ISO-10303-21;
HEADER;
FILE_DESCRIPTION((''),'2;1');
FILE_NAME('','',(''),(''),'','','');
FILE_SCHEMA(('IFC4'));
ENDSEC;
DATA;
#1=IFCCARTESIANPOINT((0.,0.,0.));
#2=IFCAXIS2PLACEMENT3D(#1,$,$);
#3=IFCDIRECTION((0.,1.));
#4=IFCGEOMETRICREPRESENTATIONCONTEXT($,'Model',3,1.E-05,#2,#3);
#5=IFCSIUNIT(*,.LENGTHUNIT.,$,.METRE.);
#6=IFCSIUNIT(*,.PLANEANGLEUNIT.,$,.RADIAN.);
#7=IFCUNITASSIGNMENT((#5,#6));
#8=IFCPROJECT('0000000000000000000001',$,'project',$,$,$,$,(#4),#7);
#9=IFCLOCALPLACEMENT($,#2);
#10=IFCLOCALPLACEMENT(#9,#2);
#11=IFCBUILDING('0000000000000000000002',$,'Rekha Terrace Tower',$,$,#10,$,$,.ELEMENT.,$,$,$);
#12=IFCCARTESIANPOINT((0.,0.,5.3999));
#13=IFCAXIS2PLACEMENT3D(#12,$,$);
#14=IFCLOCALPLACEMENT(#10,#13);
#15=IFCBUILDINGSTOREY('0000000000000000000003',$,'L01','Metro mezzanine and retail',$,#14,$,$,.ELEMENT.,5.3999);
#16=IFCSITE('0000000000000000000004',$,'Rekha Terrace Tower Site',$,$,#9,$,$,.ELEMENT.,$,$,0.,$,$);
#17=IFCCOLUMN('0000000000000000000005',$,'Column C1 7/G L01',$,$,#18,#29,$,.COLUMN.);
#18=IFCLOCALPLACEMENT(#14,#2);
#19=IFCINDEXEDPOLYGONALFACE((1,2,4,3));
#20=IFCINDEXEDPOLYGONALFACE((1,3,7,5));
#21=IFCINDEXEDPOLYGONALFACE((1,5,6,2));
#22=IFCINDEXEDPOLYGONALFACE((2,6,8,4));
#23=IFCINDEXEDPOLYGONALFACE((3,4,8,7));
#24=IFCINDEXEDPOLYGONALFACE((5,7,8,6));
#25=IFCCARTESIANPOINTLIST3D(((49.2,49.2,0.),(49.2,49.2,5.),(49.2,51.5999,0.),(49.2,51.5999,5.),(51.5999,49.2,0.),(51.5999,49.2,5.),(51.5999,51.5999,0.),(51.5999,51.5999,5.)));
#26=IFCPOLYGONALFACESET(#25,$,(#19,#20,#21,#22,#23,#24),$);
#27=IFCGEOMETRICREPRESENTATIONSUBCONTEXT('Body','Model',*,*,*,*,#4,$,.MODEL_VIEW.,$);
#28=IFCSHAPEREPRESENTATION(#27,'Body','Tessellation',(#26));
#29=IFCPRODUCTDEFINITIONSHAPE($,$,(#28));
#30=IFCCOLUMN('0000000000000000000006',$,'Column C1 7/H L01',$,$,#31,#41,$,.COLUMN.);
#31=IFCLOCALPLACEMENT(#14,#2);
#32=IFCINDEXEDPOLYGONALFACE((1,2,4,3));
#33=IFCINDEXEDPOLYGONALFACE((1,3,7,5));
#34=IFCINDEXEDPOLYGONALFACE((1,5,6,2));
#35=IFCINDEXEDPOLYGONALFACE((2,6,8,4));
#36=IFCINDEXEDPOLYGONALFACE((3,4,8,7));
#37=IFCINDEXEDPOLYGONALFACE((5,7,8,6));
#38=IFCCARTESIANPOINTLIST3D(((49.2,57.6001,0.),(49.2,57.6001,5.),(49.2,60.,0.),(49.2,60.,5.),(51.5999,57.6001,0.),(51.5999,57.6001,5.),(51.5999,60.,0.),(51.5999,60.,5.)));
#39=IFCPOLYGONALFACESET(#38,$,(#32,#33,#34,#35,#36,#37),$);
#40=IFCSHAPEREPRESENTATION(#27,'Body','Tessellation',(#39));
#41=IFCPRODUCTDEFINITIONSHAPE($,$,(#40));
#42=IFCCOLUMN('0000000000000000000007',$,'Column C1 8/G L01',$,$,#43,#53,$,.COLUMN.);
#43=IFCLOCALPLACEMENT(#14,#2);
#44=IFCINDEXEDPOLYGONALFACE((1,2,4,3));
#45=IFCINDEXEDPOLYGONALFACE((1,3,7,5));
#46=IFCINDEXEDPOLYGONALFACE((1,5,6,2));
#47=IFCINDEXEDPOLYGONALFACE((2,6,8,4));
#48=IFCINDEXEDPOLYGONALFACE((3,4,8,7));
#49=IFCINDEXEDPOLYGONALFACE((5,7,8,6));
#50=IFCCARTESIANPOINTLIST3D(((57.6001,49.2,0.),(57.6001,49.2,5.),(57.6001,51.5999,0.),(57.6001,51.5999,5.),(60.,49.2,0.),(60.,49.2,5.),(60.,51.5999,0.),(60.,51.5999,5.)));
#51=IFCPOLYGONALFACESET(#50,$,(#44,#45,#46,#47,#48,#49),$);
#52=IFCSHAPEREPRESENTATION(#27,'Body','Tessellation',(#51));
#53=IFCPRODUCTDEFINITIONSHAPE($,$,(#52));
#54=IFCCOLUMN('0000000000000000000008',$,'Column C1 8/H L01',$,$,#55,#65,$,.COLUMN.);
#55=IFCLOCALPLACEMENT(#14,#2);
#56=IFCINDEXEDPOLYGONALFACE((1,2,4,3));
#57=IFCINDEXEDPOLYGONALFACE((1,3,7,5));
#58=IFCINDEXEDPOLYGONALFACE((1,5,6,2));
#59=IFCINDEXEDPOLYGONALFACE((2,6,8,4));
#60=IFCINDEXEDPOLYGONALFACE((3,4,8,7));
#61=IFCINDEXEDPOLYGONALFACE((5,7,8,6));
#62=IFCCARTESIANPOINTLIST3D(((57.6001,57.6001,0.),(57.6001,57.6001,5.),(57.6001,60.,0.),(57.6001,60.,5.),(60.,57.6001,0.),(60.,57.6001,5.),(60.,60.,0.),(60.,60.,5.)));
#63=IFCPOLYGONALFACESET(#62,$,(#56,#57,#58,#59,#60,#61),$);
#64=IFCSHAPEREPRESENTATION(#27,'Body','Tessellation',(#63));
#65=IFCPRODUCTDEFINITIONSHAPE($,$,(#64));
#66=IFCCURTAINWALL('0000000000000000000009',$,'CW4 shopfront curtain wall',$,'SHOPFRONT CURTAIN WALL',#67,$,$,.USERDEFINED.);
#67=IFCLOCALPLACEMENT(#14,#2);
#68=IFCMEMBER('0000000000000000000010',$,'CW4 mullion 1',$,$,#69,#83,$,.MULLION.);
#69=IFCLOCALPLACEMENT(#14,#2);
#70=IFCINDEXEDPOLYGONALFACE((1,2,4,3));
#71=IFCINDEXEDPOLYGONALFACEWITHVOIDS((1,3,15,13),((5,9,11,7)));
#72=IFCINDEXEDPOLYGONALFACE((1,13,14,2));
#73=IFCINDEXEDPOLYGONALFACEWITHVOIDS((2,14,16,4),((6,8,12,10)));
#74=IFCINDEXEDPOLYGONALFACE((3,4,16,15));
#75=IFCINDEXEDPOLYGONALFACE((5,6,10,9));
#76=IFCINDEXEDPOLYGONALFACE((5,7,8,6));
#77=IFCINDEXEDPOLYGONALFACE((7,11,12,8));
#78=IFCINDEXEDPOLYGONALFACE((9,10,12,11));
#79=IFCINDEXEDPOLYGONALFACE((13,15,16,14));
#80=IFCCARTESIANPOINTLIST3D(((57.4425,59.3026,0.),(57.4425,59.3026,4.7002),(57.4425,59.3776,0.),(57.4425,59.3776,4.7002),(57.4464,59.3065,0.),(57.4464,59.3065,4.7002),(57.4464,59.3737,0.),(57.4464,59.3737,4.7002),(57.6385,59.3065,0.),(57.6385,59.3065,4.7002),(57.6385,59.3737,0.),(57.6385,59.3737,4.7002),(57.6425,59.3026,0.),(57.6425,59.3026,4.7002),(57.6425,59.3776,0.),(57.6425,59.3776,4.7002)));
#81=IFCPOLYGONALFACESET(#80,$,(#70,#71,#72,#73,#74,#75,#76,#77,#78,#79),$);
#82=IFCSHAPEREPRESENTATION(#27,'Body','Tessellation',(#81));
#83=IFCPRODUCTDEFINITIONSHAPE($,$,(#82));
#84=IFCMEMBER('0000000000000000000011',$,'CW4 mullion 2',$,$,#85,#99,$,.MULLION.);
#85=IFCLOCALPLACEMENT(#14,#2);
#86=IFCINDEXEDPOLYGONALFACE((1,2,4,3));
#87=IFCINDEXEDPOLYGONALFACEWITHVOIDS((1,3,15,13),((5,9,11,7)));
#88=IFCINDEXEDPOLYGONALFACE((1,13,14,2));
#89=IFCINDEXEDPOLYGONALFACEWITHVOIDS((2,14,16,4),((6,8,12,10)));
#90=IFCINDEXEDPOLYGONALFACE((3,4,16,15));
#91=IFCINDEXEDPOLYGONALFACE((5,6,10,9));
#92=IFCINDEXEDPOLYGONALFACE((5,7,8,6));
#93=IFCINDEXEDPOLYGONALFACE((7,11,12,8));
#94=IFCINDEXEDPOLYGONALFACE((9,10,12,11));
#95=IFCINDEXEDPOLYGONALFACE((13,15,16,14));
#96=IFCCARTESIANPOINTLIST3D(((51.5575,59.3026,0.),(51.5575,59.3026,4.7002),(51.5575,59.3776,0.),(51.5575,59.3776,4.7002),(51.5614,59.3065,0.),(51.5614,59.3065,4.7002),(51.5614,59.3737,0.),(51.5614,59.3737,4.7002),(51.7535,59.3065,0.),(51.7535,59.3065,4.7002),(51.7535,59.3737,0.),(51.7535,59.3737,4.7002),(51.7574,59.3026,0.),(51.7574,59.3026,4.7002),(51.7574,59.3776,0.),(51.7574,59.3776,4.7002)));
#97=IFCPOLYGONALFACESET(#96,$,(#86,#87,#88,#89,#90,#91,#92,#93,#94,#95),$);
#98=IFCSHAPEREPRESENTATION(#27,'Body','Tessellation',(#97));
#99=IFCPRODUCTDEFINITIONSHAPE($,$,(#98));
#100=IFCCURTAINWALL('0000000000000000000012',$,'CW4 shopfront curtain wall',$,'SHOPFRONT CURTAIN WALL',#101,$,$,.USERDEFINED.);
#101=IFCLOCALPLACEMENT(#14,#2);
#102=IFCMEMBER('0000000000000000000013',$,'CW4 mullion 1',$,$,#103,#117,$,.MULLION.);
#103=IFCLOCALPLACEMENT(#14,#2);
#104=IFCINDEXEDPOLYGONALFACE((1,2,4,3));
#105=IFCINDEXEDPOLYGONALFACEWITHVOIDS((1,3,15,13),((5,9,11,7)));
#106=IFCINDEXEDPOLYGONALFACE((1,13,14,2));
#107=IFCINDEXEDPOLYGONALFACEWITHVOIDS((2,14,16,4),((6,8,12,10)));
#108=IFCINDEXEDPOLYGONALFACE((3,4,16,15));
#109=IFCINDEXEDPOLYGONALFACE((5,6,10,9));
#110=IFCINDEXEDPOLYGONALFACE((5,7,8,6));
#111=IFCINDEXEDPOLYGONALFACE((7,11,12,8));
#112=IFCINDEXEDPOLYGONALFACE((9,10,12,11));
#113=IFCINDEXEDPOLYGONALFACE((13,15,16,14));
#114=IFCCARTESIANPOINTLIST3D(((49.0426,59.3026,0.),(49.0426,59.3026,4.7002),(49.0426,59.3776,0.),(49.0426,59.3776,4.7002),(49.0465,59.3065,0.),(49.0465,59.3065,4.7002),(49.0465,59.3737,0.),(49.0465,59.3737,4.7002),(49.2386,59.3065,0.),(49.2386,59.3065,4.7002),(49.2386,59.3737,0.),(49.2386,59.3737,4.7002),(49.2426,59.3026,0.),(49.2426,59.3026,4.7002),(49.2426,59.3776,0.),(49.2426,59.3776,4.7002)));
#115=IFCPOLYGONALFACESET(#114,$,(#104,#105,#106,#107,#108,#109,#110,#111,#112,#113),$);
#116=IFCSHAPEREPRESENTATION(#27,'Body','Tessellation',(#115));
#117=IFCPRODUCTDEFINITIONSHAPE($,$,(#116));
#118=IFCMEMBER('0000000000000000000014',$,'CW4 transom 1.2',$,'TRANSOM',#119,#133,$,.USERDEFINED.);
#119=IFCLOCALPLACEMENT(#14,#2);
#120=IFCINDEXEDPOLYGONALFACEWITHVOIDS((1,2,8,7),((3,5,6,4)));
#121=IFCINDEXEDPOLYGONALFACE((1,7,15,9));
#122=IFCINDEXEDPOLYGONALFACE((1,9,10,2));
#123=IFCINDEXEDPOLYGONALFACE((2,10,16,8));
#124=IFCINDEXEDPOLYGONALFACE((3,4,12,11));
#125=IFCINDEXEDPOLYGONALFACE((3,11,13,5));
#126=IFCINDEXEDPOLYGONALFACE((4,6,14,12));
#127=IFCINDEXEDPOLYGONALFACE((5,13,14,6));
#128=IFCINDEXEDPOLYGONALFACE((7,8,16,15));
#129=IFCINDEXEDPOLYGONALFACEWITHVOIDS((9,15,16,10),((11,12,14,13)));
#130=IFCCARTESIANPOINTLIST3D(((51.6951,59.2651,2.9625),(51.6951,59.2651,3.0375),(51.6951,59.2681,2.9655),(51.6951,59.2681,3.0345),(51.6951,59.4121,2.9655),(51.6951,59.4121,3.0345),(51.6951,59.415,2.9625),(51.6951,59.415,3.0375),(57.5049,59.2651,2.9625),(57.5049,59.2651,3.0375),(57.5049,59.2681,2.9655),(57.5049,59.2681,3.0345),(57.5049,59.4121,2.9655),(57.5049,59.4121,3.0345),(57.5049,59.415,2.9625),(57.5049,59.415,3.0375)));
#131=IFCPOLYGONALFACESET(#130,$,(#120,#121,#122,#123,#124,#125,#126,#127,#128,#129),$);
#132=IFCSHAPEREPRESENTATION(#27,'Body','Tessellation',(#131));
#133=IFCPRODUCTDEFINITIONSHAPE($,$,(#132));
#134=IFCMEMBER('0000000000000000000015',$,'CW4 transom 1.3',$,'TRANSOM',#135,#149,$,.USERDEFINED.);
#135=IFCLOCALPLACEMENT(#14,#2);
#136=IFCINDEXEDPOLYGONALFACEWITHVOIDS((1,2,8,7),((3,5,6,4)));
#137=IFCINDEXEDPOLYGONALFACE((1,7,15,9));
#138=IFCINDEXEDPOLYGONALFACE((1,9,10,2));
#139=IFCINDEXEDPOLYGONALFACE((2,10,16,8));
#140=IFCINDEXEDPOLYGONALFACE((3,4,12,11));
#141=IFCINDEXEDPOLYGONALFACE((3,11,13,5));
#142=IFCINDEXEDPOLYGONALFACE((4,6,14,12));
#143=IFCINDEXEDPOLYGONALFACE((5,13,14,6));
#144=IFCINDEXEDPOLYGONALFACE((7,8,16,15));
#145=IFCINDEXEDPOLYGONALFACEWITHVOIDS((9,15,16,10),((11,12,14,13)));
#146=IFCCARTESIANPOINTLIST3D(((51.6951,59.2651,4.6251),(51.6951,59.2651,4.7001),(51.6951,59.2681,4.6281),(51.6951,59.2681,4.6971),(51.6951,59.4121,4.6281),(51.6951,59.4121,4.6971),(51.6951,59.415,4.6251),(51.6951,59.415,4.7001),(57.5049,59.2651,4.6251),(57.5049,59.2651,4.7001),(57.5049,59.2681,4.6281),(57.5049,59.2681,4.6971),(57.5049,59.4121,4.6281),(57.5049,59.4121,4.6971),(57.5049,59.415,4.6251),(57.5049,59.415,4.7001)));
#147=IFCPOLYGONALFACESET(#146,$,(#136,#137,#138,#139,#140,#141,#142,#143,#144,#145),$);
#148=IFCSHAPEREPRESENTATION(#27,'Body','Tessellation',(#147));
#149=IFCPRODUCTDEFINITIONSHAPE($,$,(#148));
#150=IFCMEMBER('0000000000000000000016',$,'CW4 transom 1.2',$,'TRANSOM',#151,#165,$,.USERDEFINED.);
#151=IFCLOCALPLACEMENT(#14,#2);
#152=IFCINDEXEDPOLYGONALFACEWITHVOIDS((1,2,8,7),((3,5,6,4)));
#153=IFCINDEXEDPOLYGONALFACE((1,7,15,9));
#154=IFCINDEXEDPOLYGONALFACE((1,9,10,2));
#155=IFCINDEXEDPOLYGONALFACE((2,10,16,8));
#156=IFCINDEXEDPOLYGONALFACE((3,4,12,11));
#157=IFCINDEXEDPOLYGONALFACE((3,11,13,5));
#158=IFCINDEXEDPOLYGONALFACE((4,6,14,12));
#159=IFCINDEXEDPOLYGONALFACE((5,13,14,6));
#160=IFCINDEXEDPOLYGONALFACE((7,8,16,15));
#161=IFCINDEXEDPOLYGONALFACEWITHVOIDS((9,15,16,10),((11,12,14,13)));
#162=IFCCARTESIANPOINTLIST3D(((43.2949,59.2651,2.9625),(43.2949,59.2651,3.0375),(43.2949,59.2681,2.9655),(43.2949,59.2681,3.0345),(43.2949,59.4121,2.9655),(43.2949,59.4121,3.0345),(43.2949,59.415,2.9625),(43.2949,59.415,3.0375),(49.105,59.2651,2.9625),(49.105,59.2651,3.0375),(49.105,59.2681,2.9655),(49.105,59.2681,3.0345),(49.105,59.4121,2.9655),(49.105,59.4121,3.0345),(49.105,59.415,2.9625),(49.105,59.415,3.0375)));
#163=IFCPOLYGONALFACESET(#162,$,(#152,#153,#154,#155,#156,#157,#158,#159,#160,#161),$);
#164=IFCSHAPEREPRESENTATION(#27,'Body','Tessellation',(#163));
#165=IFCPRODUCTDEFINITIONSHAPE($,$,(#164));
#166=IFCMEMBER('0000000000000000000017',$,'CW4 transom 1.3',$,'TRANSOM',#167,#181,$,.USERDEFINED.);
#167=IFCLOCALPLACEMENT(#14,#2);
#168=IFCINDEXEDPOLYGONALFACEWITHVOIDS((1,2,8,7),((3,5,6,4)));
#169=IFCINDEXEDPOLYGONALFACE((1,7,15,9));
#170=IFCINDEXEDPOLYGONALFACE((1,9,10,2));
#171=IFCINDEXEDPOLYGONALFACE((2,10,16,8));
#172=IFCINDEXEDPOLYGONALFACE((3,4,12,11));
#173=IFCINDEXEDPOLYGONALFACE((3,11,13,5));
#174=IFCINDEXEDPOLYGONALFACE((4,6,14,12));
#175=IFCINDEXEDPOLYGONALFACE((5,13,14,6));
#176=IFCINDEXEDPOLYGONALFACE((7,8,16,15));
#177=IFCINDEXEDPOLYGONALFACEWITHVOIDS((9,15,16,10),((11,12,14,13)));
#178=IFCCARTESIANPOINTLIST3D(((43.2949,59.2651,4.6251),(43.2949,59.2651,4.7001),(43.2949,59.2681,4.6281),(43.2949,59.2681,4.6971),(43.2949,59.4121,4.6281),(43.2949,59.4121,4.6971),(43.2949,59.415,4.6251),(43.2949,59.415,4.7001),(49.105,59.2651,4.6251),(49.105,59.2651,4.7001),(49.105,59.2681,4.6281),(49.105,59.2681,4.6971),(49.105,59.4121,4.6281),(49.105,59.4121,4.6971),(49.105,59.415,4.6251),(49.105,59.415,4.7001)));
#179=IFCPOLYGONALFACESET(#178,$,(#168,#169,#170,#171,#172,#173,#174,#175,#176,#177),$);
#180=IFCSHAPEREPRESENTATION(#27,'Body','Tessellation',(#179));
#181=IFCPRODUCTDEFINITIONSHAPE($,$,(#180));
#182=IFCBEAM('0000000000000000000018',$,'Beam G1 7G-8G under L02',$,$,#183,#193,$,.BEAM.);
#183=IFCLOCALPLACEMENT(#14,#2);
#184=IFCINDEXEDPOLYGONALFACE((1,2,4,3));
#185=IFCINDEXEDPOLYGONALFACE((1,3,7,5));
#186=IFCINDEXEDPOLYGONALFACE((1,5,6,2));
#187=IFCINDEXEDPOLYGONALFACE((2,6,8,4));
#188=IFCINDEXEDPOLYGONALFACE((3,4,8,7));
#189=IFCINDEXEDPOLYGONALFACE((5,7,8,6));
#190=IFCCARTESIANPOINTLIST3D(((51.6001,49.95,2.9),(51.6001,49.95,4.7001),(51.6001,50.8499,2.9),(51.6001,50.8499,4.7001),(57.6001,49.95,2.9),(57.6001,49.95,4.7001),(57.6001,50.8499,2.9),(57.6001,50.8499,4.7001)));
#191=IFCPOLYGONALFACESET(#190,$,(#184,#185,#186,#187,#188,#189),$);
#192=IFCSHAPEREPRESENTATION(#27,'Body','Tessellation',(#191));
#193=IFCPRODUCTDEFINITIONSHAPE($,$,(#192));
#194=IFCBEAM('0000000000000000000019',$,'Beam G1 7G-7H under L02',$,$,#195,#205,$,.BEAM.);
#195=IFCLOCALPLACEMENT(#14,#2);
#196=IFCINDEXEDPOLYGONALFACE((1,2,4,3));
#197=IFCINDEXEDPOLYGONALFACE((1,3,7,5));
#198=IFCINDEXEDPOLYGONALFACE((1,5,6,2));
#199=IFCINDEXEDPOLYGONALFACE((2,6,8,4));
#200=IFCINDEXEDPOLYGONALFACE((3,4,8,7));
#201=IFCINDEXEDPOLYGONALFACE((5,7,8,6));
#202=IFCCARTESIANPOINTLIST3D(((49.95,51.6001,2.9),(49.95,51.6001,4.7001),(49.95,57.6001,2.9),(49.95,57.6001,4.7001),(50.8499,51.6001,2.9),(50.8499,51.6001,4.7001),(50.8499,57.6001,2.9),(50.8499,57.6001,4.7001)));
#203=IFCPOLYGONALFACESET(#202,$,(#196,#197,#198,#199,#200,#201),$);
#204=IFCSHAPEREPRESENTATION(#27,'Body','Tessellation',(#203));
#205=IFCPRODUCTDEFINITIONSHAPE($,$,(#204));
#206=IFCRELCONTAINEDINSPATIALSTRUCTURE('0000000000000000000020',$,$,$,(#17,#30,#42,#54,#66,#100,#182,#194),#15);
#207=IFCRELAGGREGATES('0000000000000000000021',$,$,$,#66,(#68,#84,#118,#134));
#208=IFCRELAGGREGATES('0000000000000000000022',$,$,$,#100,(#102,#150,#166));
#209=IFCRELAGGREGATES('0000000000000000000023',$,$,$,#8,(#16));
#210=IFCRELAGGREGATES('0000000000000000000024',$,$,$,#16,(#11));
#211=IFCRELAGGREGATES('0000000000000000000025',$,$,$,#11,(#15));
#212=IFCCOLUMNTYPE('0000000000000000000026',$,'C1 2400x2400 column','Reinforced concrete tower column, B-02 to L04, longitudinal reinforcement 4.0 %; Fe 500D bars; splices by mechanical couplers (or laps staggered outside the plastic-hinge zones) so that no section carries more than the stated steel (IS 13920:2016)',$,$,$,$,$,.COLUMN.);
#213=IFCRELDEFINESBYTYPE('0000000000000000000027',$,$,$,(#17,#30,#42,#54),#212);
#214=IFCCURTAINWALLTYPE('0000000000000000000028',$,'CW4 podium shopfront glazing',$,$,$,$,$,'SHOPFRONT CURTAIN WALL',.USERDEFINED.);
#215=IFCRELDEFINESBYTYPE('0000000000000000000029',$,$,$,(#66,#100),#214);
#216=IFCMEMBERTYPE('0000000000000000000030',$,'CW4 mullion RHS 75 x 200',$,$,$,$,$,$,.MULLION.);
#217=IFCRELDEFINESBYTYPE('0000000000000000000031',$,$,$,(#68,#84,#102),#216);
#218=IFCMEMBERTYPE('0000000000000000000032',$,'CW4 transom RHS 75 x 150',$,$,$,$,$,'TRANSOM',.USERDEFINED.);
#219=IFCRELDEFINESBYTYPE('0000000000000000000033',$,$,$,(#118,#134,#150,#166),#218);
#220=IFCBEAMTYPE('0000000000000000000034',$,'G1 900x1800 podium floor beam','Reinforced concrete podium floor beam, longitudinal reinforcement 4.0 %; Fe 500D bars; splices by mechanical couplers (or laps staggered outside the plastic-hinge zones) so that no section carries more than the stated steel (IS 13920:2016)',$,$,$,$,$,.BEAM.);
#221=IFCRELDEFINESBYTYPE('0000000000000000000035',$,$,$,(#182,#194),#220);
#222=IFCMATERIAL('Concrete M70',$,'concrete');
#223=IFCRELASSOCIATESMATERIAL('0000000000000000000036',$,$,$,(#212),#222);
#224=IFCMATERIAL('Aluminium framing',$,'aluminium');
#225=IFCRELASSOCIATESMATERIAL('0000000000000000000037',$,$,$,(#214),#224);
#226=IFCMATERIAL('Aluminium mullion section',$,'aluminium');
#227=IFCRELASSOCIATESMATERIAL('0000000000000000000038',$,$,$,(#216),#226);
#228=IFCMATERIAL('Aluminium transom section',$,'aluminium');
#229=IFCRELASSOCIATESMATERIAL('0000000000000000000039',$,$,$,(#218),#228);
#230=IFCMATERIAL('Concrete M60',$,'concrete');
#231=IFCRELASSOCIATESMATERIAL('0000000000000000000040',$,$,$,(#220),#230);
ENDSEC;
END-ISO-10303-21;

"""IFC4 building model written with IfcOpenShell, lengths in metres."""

from ifc_helpers import new_model, si_unit, direction, frame, origin, origin_2d, place, context, subcontext, project, spatial, rectangle, hollow_rectangle, extrude, material, material_profile, profile_set, type_object, element, aggregate, save


model = new_model("IFC4")

# Units and contexts
model_context = context("Model", 3, precision=1e-05, world=origin(), true_north=direction((0.0, 1.0)))
body_context = subcontext(model_context, "Body", "Model", "MODEL_VIEW")
ifc_project = project(units=[si_unit("LENGTHUNIT", "METRE"), si_unit("PLANEANGLEUNIT", "RADIAN")], contexts=[model_context])

# Site, building, storey
site_placement = place(None, origin())
site = spatial("IfcSite", under=ifc_project, at=site_placement, Name="Rekha Terrace Tower Site", CompositionType="ELEMENT", RefElevation=0.0)
building_placement = place(site_placement, origin())
building = spatial("IfcBuilding", under=site, at=building_placement, Name="Rekha Terrace Tower", CompositionType="ELEMENT")
storey_placement = place(building_placement, frame((0.0, 0.0, 5.3999)))
storey = spatial("IfcBuildingStorey", under=building, at=storey_placement, Name="L01", Description="Metro mezzanine and retail", CompositionType="ELEMENT", Elevation=5.3999)

# Columns
ifc_material_1 = material(Name="Concrete M70", Category="concrete")
ifc_material_profile_1 = material_profile(ifc_material_1, rectangle(XDim=2.3999, YDim=2.3999, at=origin_2d()), Name="RC 2400x2400")
ifc_profile_set_1 = profile_set([ifc_material_profile_1], Name="Concrete M70")
column_type = type_object("IfcColumnType", Name="C1 2400x2400 column", Description="Reinforced concrete tower column, B-02 to L04, longitudinal reinforcement 4.0 %; Fe 500D bars; splices by mechanical couplers (or laps staggered outside the plastic-hinge zones) so that no section carries more than the stated steel (IS 13920:2016)", PredefinedType="COLUMN", material=ifc_profile_set_1)
for number, where, z_axis, x_axis, name in (
    (1, (50.3999, 50.3999, 0.0), (0.0, 0.0, 1.0), (1.0, 0.0, 0.0), "Column C1 7/G L01"),
    (2, (50.3999, 58.8, 0.0), (0.0, 0.0, 1.0), (1.0, 0.0, 0.0), "Column C1 7/H L01"),
    (3, (58.8, 50.3999, 0.0), (0.0, 0.0, 1.0), (1.0, 0.0, 0.0), "Column C1 8/G L01"),
    (4, (58.8, 58.8, 0.0), (0.0, 0.0, 1.0), (1.0, 0.0, 0.0), "Column C1 8/H L01"),
):
    element("IfcColumn", number, at=place(storey_placement, frame(where, z_axis=z_axis, x_axis=x_axis)), inside=storey, type_object=column_type, Name=name, PredefinedType="COLUMN", context=body_context, shape_type="SweptSolid", body=[
        extrude(rectangle(XDim=2.3999, YDim=2.3999, at=origin_2d()), origin(), (0.0, 0.0, 1.0), 5.0),
    ])

# Curtain wall, members
ifc_material_2 = material(Name="Aluminium framing", Category="aluminium")
curtain_wall_type = type_object("IfcCurtainWallType", Name="CW4 podium shopfront glazing", ElementType="SHOPFRONT CURTAIN WALL", PredefinedType="USERDEFINED", material=ifc_material_2)
curtain_wall_1_placement = place(storey_placement, origin())
curtain_wall_1 = element("IfcCurtainWall", 5, at=curtain_wall_1_placement, inside=storey, type_object=curtain_wall_type, Name="CW4 shopfront curtain wall", ObjectType="SHOPFRONT CURTAIN WALL", PredefinedType="USERDEFINED")
ifc_material_3 = material(Name="Aluminium mullion section", Category="aluminium")
ifc_material_profile_2 = material_profile(ifc_material_3, hollow_rectangle(XDim=0.075, YDim=0.2, WallThickness=0.0039, at=origin_2d()), Name="AL RHS 75x200")
ifc_profile_set_2 = profile_set([ifc_material_profile_2], Name="Aluminium mullion section")
member_type_1 = type_object("IfcMemberType", Name="CW4 mullion RHS 75 x 200", PredefinedType="MULLION", material=ifc_profile_set_2)
member_1_placement = place(storey_placement, frame((57.5425, 59.3401, 0.0), z_axis=(0.0, 0.0, 1.0), x_axis=(0.0, -1.0, 0.0)))
member_1 = element("IfcMember", 6, at=member_1_placement, type_object=member_type_1, Name="CW4 mullion 1", PredefinedType="MULLION", context=body_context, shape_type="SweptSolid", body=[
    extrude(hollow_rectangle(XDim=0.075, YDim=0.2, WallThickness=0.0039, at=origin_2d()), origin(), (0.0, 0.0, 1.0), 4.7002),
])
member_2_placement = place(storey_placement, frame((51.6575, 59.3401, 0.0), z_axis=(0.0, 0.0, 1.0), x_axis=(0.0, -1.0, 0.0)))
member_2 = element("IfcMember", 7, at=member_2_placement, type_object=member_type_1, Name="CW4 mullion 2", PredefinedType="MULLION", context=body_context, shape_type="SweptSolid", body=[
    extrude(hollow_rectangle(XDim=0.075, YDim=0.2, WallThickness=0.0039, at=origin_2d()), origin(), (0.0, 0.0, 1.0), 4.7002),
])

# Curtain wall, member
curtain_wall_2_placement = place(storey_placement, origin())
curtain_wall_2 = element("IfcCurtainWall", 8, at=curtain_wall_2_placement, inside=storey, type_object=curtain_wall_type, Name="CW4 shopfront curtain wall", ObjectType="SHOPFRONT CURTAIN WALL", PredefinedType="USERDEFINED")
member_3_placement = place(storey_placement, frame((49.1426, 59.3401, 0.0), z_axis=(0.0, 0.0, 1.0), x_axis=(0.0, -1.0, 0.0)))
member_3 = element("IfcMember", 9, at=member_3_placement, type_object=member_type_1, Name="CW4 mullion 1", PredefinedType="MULLION", context=body_context, shape_type="SweptSolid", body=[
    extrude(hollow_rectangle(XDim=0.075, YDim=0.2, WallThickness=0.0039, at=origin_2d()), origin(), (0.0, 0.0, 1.0), 4.7002),
])

# Members
ifc_material_4 = material(Name="Aluminium transom section", Category="aluminium")
ifc_material_profile_3 = material_profile(ifc_material_4, hollow_rectangle(XDim=0.1499, YDim=0.075, WallThickness=0.0029, at=origin_2d()), Name="AL RHS 150x75")
ifc_profile_set_3 = profile_set([ifc_material_profile_3], Name="Aluminium transom section")
member_type_2 = type_object("IfcMemberType", Name="CW4 transom RHS 75 x 150", ElementType="TRANSOM", PredefinedType="USERDEFINED", material=ifc_profile_set_3)
member_4_placement = place(storey_placement, frame((57.5049, 59.3401, 3.0), z_axis=(-1.0, 0.0, 0.0), x_axis=(0.0, -1.0, 0.0)))
member_4 = element("IfcMember", 10, at=member_4_placement, type_object=member_type_2, Name="CW4 transom 1.2", ObjectType="TRANSOM", PredefinedType="USERDEFINED", context=body_context, shape_type="SweptSolid", body=[
    extrude(hollow_rectangle(XDim=0.1499, YDim=0.075, WallThickness=0.0029, at=origin_2d()), origin(), (0.0, 0.0, 1.0), 5.8098),
])
member_5_placement = place(storey_placement, frame((57.5049, 59.3401, 4.6626), z_axis=(-1.0, 0.0, 0.0), x_axis=(0.0, -1.0, 0.0)))
member_5 = element("IfcMember", 11, at=member_5_placement, type_object=member_type_2, Name="CW4 transom 1.3", ObjectType="TRANSOM", PredefinedType="USERDEFINED", context=body_context, shape_type="SweptSolid", body=[
    extrude(hollow_rectangle(XDim=0.1499, YDim=0.075, WallThickness=0.0029, at=origin_2d()), origin(), (0.0, 0.0, 1.0), 5.8098),
])
member_6_placement = place(storey_placement, frame((49.105, 59.3401, 3.0), z_axis=(-1.0, 0.0, 0.0), x_axis=(0.0, -1.0, 0.0)))
member_6 = element("IfcMember", 12, at=member_6_placement, type_object=member_type_2, Name="CW4 transom 1.2", ObjectType="TRANSOM", PredefinedType="USERDEFINED", context=body_context, shape_type="SweptSolid", body=[
    extrude(hollow_rectangle(XDim=0.1499, YDim=0.075, WallThickness=0.0029, at=origin_2d()), origin(), (0.0, 0.0, 1.0), 5.8101),
])
member_7_placement = place(storey_placement, frame((49.105, 59.3401, 4.6626), z_axis=(-1.0, 0.0, 0.0), x_axis=(0.0, -1.0, 0.0)))
member_7 = element("IfcMember", 13, at=member_7_placement, type_object=member_type_2, Name="CW4 transom 1.3", ObjectType="TRANSOM", PredefinedType="USERDEFINED", context=body_context, shape_type="SweptSolid", body=[
    extrude(hollow_rectangle(XDim=0.1499, YDim=0.075, WallThickness=0.0029, at=origin_2d()), origin(), (0.0, 0.0, 1.0), 5.8101),
])

# Beams
ifc_material_5 = material(Name="Concrete M60", Category="concrete")
ifc_material_profile_4 = material_profile(ifc_material_5, rectangle(XDim=0.8999, YDim=1.8, at=origin_2d()), Name="RC 900x1800")
ifc_profile_set_4 = profile_set([ifc_material_profile_4], Name="Concrete M60")
beam_type = type_object("IfcBeamType", Name="G1 900x1800 podium floor beam", Description="Reinforced concrete podium floor beam, longitudinal reinforcement 4.0 %; Fe 500D bars; splices by mechanical couplers (or laps staggered outside the plastic-hinge zones) so that no section carries more than the stated steel (IS 13920:2016)", PredefinedType="BEAM", material=ifc_profile_set_4)
for number, where, z_axis, x_axis, name in (
    (14, (51.6001, 50.3999, 3.8), (1.0, 0.0, 0.0), (0.0, 1.0, 0.0), "Beam G1 7G-8G under L02"),
    (15, (50.3999, 51.6001, 3.8), (0.0, 1.0, 0.0), (-1.0, 0.0, 0.0), "Beam G1 7G-7H under L02"),
):
    element("IfcBeam", number, at=place(storey_placement, frame(where, z_axis=z_axis, x_axis=x_axis)), inside=storey, type_object=beam_type, Name=name, PredefinedType="BEAM", context=body_context, shape_type="SweptSolid", body=[
        extrude(rectangle(XDim=0.8999, YDim=1.8, at=origin_2d()), origin(), (0.0, 0.0, 1.0), 6.0),
    ])

aggregate(curtain_wall_1, [member_1, member_2, member_4, member_5])
aggregate(curtain_wall_2, [member_3, member_6, member_7])

save(model, "model.ifc")
